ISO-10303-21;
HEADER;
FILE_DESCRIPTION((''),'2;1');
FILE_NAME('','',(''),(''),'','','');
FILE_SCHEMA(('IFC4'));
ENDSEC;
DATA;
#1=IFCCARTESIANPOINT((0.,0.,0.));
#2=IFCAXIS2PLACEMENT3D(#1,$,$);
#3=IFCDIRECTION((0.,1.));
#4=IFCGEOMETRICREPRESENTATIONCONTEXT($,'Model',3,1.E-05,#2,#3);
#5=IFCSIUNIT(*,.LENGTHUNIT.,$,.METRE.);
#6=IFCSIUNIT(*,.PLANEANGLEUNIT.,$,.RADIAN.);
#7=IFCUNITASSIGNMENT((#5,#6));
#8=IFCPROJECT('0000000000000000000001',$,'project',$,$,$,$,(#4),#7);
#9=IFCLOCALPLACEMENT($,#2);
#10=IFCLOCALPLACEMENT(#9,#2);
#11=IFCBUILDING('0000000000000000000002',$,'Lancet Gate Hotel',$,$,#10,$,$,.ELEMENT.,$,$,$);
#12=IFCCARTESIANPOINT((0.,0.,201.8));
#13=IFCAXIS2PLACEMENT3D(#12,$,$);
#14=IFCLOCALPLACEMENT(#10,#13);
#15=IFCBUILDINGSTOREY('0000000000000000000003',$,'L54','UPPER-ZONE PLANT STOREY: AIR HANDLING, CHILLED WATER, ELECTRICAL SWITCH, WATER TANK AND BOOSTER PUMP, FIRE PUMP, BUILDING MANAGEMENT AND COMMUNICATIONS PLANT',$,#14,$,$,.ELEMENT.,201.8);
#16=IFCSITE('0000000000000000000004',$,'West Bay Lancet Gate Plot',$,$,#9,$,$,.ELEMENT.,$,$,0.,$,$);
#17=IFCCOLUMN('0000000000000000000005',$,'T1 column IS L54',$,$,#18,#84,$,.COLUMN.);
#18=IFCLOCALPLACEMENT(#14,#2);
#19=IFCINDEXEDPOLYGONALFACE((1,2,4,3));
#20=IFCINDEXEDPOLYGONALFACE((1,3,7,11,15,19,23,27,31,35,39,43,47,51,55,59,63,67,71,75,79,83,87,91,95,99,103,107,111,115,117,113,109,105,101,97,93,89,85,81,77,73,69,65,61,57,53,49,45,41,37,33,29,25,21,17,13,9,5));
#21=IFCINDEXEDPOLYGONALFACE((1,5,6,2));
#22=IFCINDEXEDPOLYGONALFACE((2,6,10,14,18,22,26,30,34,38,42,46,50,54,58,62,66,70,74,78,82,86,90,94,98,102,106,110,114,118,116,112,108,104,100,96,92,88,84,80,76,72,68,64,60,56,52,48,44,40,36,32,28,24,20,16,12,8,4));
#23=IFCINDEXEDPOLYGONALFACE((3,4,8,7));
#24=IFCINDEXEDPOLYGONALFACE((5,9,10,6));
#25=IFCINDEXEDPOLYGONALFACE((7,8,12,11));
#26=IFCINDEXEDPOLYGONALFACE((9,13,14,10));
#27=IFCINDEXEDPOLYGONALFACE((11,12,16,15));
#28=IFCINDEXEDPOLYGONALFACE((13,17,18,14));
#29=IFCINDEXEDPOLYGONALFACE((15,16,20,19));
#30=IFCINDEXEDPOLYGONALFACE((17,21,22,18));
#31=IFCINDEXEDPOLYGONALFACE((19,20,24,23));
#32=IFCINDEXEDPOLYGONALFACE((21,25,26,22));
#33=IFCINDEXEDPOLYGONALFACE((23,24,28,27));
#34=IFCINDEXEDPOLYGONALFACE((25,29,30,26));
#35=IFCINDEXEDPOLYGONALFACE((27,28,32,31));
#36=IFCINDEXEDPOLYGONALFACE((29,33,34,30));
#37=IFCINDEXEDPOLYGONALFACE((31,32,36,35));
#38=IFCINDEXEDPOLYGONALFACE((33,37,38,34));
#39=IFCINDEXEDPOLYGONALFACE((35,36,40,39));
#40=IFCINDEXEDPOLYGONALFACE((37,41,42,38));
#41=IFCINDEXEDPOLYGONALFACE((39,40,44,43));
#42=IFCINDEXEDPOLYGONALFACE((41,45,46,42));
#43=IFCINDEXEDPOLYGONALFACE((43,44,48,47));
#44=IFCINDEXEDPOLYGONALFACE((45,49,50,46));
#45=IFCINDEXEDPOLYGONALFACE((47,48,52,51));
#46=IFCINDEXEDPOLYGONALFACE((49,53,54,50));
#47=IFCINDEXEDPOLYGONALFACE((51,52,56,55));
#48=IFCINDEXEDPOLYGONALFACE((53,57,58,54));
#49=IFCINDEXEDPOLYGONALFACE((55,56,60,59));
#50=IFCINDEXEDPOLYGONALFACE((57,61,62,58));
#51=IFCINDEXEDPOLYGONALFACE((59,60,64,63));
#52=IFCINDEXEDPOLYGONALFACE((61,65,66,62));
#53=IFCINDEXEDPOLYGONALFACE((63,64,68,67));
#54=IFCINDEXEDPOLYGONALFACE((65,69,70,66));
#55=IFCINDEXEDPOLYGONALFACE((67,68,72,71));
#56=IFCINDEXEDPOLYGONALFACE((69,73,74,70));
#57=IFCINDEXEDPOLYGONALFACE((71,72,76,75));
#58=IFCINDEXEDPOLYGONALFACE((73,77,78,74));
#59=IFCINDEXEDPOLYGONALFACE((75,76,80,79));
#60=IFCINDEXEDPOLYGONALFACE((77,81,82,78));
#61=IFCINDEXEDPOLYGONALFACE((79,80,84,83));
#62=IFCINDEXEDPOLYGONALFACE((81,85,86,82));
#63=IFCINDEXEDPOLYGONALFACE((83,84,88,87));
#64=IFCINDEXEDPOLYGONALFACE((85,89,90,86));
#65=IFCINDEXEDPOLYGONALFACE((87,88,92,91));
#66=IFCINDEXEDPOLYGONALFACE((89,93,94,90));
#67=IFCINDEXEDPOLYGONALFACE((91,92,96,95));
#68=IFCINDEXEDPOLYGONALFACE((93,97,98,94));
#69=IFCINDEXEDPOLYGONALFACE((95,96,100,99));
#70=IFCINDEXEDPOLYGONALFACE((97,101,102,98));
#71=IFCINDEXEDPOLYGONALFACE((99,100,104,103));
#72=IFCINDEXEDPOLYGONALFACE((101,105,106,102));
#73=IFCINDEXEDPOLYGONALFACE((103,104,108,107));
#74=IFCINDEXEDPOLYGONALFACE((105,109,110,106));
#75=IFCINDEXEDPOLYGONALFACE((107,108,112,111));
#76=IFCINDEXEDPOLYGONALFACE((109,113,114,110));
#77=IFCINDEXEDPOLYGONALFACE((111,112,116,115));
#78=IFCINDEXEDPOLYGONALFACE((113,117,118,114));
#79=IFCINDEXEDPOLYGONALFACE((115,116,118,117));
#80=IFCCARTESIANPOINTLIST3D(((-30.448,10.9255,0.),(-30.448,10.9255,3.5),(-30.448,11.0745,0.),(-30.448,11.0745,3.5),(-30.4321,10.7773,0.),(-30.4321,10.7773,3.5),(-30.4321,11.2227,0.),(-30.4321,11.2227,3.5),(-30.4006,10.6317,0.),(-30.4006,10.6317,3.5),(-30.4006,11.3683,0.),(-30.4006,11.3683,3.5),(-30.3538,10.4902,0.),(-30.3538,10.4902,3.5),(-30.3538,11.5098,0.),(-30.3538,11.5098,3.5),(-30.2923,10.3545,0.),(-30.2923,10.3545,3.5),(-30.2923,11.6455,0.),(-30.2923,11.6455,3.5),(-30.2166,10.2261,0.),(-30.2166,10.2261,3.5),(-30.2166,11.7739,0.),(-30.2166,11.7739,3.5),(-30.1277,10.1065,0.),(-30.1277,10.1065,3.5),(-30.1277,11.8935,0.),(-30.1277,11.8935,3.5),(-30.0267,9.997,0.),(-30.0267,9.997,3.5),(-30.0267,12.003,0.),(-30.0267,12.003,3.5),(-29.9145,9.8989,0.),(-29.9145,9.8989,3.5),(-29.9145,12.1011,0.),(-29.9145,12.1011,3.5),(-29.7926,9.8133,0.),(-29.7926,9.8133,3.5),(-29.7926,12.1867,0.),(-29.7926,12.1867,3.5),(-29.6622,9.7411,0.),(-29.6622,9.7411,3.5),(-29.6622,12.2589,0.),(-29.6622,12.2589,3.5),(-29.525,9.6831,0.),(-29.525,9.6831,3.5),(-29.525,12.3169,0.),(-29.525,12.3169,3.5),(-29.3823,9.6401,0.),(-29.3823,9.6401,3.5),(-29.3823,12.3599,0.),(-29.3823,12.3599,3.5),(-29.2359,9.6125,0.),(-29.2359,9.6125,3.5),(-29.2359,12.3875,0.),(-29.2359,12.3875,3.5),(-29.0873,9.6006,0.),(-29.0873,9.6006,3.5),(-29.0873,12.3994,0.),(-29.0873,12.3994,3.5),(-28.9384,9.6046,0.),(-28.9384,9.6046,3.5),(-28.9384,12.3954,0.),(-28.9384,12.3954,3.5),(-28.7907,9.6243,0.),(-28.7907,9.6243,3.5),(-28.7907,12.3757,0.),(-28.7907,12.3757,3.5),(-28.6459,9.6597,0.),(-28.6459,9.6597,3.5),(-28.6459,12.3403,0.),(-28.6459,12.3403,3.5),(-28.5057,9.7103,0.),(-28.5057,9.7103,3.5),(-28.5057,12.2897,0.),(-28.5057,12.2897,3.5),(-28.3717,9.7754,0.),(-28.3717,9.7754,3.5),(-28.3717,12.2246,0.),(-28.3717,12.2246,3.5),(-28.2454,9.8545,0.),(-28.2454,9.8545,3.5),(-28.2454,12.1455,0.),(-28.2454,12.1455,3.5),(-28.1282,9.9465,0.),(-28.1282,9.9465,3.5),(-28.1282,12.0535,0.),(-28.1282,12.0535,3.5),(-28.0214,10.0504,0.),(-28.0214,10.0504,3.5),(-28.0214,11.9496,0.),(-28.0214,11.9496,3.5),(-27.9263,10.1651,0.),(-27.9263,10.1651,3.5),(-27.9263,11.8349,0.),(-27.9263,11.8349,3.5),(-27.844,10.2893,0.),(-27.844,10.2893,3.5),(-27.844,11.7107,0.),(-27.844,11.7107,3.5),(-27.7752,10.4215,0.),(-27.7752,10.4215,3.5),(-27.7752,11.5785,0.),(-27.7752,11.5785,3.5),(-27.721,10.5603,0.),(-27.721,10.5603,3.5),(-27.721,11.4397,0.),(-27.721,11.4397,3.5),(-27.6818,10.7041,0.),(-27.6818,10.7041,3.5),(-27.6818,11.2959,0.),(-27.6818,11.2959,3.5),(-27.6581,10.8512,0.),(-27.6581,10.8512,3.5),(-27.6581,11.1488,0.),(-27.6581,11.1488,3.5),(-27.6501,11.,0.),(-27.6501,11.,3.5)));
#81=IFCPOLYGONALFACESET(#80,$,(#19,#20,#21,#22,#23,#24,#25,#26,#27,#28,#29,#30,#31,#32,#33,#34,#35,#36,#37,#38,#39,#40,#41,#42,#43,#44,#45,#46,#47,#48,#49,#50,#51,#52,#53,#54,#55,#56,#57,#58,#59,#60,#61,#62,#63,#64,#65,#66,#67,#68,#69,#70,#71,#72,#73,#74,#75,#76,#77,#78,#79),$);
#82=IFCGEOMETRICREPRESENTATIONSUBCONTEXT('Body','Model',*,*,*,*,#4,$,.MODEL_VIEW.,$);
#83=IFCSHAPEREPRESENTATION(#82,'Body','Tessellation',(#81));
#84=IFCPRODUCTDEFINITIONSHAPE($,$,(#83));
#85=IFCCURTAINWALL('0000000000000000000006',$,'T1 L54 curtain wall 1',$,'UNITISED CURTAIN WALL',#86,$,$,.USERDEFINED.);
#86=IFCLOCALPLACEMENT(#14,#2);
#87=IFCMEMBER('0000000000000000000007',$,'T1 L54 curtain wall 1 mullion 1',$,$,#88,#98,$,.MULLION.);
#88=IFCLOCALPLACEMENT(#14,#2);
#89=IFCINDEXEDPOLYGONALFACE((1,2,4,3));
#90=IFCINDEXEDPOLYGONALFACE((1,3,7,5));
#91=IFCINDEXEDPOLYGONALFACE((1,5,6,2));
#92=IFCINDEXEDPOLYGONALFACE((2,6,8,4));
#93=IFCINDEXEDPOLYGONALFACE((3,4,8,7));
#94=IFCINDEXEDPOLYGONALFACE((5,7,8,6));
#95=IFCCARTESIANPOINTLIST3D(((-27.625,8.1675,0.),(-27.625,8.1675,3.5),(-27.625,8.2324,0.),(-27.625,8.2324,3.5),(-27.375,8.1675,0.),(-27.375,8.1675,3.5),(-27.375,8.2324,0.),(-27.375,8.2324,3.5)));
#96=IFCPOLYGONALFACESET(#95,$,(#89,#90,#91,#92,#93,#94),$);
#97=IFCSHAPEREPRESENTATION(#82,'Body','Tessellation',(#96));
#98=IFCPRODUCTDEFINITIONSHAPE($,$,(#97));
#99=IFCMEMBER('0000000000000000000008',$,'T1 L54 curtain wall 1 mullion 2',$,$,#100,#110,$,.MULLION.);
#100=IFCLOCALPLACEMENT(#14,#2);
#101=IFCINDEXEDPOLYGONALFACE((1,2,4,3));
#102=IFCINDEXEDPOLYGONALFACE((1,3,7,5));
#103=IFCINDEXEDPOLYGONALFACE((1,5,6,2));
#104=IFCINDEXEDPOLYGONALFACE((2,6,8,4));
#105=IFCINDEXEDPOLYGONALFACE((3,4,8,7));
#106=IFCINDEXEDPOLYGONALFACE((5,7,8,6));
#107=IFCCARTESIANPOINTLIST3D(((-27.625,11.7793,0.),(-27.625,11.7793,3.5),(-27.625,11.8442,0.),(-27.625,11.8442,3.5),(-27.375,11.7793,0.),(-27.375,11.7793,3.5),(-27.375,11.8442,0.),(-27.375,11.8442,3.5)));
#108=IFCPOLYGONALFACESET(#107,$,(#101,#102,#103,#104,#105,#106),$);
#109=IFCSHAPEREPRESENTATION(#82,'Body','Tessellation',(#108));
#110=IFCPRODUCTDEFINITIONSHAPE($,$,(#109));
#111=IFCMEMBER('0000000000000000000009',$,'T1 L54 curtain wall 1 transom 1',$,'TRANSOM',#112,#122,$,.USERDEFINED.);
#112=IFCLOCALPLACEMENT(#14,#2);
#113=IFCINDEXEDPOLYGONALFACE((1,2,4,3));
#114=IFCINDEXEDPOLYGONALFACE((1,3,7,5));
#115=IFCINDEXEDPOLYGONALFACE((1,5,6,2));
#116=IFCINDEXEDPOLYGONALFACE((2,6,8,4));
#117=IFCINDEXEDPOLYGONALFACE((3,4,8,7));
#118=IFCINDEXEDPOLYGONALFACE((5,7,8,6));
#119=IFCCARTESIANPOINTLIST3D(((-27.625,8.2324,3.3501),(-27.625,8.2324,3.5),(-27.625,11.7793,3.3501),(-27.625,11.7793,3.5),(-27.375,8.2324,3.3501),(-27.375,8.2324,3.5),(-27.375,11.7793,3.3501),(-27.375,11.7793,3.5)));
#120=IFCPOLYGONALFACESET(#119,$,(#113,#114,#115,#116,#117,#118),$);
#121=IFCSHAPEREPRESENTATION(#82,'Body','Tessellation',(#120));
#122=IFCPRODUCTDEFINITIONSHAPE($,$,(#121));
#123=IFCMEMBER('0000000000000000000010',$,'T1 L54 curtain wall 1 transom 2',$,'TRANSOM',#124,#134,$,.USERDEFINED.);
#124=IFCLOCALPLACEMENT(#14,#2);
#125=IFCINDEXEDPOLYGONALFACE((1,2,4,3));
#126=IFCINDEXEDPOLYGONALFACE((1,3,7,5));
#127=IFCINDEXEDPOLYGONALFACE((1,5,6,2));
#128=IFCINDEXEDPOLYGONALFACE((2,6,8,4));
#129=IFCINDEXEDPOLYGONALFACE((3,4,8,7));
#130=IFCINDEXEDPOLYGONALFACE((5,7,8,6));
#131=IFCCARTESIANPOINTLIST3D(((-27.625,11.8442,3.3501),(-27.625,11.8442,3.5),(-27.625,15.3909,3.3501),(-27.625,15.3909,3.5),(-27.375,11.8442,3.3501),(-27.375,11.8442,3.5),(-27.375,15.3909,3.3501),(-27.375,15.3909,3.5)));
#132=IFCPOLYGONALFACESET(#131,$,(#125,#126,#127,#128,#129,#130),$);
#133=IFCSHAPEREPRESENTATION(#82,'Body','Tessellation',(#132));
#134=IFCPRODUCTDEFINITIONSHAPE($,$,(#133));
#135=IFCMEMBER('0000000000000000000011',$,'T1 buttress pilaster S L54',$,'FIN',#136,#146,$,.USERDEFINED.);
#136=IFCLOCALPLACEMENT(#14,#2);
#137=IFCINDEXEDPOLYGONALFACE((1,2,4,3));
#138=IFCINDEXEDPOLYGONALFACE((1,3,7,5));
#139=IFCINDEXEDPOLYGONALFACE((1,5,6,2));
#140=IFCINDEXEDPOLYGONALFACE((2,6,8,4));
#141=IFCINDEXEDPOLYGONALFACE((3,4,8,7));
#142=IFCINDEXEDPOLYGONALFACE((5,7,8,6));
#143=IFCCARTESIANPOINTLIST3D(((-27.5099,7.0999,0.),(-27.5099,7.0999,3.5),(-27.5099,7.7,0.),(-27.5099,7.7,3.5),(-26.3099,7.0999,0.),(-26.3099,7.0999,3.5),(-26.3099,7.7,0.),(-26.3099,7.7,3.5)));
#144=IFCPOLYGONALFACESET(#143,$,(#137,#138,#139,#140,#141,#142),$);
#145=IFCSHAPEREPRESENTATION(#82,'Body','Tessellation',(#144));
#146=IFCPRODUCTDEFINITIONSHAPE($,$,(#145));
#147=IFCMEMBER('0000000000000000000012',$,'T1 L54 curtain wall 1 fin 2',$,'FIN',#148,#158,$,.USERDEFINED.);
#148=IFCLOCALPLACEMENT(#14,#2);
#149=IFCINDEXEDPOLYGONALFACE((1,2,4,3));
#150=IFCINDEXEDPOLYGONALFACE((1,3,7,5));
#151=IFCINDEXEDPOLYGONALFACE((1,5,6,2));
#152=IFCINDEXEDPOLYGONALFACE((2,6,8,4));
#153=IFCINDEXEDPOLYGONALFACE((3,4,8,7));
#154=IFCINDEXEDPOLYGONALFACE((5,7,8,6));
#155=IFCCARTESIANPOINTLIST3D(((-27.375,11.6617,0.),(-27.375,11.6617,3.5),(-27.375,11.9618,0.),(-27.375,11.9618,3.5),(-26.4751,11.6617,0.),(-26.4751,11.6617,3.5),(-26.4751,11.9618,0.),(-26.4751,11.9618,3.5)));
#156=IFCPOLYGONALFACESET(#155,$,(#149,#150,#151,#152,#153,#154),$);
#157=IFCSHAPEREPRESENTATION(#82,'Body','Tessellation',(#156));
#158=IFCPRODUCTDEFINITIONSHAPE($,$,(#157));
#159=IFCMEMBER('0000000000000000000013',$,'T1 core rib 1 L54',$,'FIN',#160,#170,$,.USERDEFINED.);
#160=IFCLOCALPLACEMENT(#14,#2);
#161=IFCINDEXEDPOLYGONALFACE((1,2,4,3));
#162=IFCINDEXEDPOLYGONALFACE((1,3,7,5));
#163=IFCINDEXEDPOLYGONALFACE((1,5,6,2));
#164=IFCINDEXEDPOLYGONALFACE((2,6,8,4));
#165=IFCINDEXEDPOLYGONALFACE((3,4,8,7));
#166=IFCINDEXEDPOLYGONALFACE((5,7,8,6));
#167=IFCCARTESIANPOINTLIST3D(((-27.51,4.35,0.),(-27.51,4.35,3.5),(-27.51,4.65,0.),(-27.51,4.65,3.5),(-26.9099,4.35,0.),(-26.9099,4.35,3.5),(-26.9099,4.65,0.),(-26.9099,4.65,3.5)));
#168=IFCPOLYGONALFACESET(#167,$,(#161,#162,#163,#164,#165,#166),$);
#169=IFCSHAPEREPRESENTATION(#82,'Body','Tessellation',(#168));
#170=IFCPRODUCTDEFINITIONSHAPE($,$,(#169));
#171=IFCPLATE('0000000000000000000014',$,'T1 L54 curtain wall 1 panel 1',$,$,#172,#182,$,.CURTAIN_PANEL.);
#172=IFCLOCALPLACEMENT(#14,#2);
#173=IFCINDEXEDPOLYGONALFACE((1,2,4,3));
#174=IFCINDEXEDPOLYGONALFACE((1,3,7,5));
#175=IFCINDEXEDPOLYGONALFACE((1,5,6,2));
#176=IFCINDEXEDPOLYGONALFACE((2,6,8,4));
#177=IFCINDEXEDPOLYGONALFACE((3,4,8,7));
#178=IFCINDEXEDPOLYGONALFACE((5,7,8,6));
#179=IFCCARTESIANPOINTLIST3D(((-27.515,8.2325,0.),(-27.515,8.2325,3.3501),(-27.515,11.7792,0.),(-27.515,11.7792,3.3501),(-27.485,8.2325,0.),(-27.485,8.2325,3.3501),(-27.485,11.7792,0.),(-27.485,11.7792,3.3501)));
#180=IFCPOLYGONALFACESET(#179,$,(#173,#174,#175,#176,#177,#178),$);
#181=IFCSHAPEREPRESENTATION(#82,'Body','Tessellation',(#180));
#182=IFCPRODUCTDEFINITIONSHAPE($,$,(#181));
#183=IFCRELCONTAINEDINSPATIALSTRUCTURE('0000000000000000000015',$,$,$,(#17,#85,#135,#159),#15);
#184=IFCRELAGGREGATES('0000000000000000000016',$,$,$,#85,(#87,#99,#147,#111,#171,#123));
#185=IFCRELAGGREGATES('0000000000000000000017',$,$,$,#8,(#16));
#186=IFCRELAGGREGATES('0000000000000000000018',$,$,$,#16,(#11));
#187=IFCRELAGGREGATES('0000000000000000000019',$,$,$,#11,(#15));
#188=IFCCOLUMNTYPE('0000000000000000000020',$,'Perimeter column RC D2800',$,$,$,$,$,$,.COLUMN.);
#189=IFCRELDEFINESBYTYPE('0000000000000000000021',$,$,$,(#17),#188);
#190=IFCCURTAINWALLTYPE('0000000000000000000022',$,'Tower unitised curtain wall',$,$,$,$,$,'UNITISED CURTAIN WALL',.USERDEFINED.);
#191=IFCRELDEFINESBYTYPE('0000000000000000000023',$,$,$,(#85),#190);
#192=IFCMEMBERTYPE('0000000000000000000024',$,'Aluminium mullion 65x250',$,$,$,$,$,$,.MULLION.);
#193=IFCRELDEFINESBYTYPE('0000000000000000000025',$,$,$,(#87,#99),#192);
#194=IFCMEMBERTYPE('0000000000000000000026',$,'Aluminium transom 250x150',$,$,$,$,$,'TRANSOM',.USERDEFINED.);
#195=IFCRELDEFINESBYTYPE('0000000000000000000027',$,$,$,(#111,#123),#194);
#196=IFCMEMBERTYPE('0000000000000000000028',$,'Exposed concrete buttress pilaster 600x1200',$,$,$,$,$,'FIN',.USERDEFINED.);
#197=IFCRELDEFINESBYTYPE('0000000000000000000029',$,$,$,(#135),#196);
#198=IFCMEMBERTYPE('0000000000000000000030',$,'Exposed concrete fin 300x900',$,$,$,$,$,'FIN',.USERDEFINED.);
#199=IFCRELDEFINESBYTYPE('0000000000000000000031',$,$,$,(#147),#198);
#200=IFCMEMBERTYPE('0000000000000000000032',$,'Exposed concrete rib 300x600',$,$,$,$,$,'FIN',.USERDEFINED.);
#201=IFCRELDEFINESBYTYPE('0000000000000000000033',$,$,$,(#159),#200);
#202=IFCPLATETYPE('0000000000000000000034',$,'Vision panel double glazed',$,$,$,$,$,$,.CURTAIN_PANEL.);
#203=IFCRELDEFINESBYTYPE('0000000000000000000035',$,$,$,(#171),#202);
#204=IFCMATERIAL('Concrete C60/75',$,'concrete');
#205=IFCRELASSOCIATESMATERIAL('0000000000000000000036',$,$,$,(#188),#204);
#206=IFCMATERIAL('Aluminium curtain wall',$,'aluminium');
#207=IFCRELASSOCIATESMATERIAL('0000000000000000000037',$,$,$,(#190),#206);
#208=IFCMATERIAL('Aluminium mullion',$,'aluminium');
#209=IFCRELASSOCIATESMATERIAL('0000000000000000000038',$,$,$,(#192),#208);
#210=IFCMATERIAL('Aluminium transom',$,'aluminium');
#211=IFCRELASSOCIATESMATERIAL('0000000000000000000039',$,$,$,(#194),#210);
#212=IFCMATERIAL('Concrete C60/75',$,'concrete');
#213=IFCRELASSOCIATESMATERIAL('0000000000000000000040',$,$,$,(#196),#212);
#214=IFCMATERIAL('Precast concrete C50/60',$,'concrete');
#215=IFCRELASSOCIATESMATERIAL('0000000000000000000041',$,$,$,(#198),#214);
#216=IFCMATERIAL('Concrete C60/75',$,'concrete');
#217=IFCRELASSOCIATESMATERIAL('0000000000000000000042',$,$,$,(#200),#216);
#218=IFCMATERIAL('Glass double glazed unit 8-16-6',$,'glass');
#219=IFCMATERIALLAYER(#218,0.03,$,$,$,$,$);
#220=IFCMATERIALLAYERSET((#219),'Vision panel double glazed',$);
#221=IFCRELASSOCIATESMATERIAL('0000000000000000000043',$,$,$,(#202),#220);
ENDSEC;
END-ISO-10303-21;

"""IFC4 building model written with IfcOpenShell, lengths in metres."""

from ifc_helpers import new_model, si_unit, direction, frame, origin, origin_2d, place, context, subcontext, project, spatial, rectangle, circle, extrude, material, layer, layer_set, material_profile, profile_set, type_object, element, aggregate, save


model = new_model("IFC4")

# Units and contexts
model_context = context("Model", 3, precision=1e-05, world=origin(), true_north=direction((0.0, 1.0)))
body_context = subcontext(model_context, "Body", "Model", "MODEL_VIEW")
ifc_project = project(units=[si_unit("LENGTHUNIT", "METRE"), si_unit("PLANEANGLEUNIT", "RADIAN")], contexts=[model_context])

# Site, building, storey
site_placement = place(None, origin())
site = spatial("IfcSite", under=ifc_project, at=site_placement, Name="West Bay Lancet Gate Plot", CompositionType="ELEMENT", RefElevation=0.0)
building_placement = place(site_placement, origin())
building = spatial("IfcBuilding", under=site, at=building_placement, Name="Lancet Gate Hotel", CompositionType="ELEMENT")
storey_placement = place(building_placement, frame((0.0, 0.0, 201.8)))
storey = spatial("IfcBuildingStorey", under=building, at=storey_placement, Name="L54", Description="UPPER-ZONE PLANT STOREY: AIR HANDLING, CHILLED WATER, ELECTRICAL SWITCH, WATER TANK AND BOOSTER PUMP, FIRE PUMP, BUILDING MANAGEMENT AND COMMUNICATIONS PLANT", CompositionType="ELEMENT", Elevation=201.8)

# Column
ifc_material_1 = material(Name="Concrete C60/75", Category="concrete")
ifc_material_profile_1 = material_profile(ifc_material_1, circle(Radius=1.3999, at=origin_2d()), Name="RC D2800")
ifc_profile_set_1 = profile_set([ifc_material_profile_1], Name="Concrete C60/75")
column_type = type_object("IfcColumnType", Name="Perimeter column RC D2800", PredefinedType="COLUMN", material=ifc_profile_set_1)
column_placement = place(storey_placement, frame((-29.05, 11.0, 0.0), z_axis=(0.0, 0.0, 1.0), x_axis=(1.0, 0.0, 0.0)))
element("IfcColumn", 1, at=column_placement, inside=storey, type_object=column_type, Name="T1 column IS L54", PredefinedType="COLUMN", context=body_context, shape_type="SweptSolid", body=[
    extrude(circle(Radius=1.3999, at=origin_2d()), origin(), (0.0, 0.0, 1.0), 3.5),
])

# Curtain wall, members
ifc_material_2 = material(Name="Aluminium curtain wall", Category="aluminium")
curtain_wall_type = type_object("IfcCurtainWallType", Name="Tower unitised curtain wall", ElementType="UNITISED CURTAIN WALL", PredefinedType="USERDEFINED", material=ifc_material_2)
curtain_wall_placement = place(storey_placement, origin())
curtain_wall = element("IfcCurtainWall", 2, at=curtain_wall_placement, inside=storey, type_object=curtain_wall_type, Name="T1 L54 curtain wall 1", ObjectType="UNITISED CURTAIN WALL", PredefinedType="USERDEFINED")
ifc_material_3 = material(Name="Aluminium mullion", Category="aluminium")
ifc_material_profile_2 = material_profile(ifc_material_3, rectangle(XDim=0.0649, YDim=0.25, at=origin_2d()), Name="MULLION 65x250")
ifc_profile_set_2 = profile_set([ifc_material_profile_2], Name="Aluminium mullion")
member_type_1 = type_object("IfcMemberType", Name="Aluminium mullion 65x250", PredefinedType="MULLION", material=ifc_profile_set_2)
member_1_placement = place(storey_placement, frame((-27.5, 8.2, 0.0), z_axis=(0.0, 0.0, 1.0), x_axis=(0.0, 1.0, 0.0)))
member_1 = element("IfcMember", 3, at=member_1_placement, type_object=member_type_1, Name="T1 L54 curtain wall 1 mullion 1", PredefinedType="MULLION", context=body_context, shape_type="SweptSolid", body=[
    extrude(rectangle(XDim=0.0649, YDim=0.25, at=origin_2d()), origin(), (0.0, 0.0, 1.0), 3.5),
])
member_2_placement = place(storey_placement, frame((-27.5, 11.8118, 0.0), z_axis=(0.0, 0.0, 1.0), x_axis=(0.0, 1.0, 0.0)))
member_2 = element("IfcMember", 4, at=member_2_placement, type_object=member_type_1, Name="T1 L54 curtain wall 1 mullion 2", PredefinedType="MULLION", context=body_context, shape_type="SweptSolid", body=[
    extrude(rectangle(XDim=0.0649, YDim=0.25, at=origin_2d()), origin(), (0.0, 0.0, 1.0), 3.5),
])
ifc_material_4 = material(Name="Aluminium transom", Category="aluminium")
ifc_material_profile_3 = material_profile(ifc_material_4, rectangle(XDim=0.25, YDim=0.1499, at=origin_2d()), Name="TRANSOM 250x150")
ifc_profile_set_3 = profile_set([ifc_material_profile_3], Name="Aluminium transom")
member_type_2 = type_object("IfcMemberType", Name="Aluminium transom 250x150", ElementType="TRANSOM", PredefinedType="USERDEFINED", material=ifc_profile_set_3)
member_3_placement = place(storey_placement, frame((-27.5, 8.2324, 3.425), z_axis=(0.0, 1.0, 0.0), x_axis=(-1.0, 0.0, 0.0)))
member_3 = element("IfcMember", 5, at=member_3_placement, type_object=member_type_2, Name="T1 L54 curtain wall 1 transom 1", ObjectType="TRANSOM", PredefinedType="USERDEFINED", context=body_context, shape_type="SweptSolid", body=[
    extrude(rectangle(XDim=0.25, YDim=0.1499, at=origin_2d()), origin(), (0.0, 0.0, 1.0), 3.5469),
])
member_4_placement = place(storey_placement, frame((-27.5, 11.8442, 3.425), z_axis=(0.0, 1.0, 0.0), x_axis=(-1.0, 0.0, 0.0)))
member_4 = element("IfcMember", 6, at=member_4_placement, type_object=member_type_2, Name="T1 L54 curtain wall 1 transom 2", ObjectType="TRANSOM", PredefinedType="USERDEFINED", context=body_context, shape_type="SweptSolid", body=[
    extrude(rectangle(XDim=0.25, YDim=0.1499, at=origin_2d()), origin(), (0.0, 0.0, 1.0), 3.5466),
])

# Members
ifc_material_5 = material(Name="Concrete C60/75", Category="concrete")
ifc_material_profile_4 = material_profile(ifc_material_5, rectangle(XDim=0.6001, YDim=1.2, at=origin_2d()), Name="FIN 600x1200")
ifc_profile_set_4 = profile_set([ifc_material_profile_4], Name="Concrete C60/75")
member_type_3 = type_object("IfcMemberType", Name="Exposed concrete buttress pilaster 600x1200", ElementType="FIN", PredefinedType="USERDEFINED", material=ifc_profile_set_4)
member_5_placement = place(storey_placement, frame((-26.9099, 7.3999, 0.0), z_axis=(0.0, 0.0, 1.0), x_axis=(0.0, 1.0, 0.0)))
element("IfcMember", 7, at=member_5_placement, inside=storey, type_object=member_type_3, Name="T1 buttress pilaster S L54", ObjectType="FIN", PredefinedType="USERDEFINED", context=body_context, shape_type="SweptSolid", body=[
    extrude(rectangle(XDim=0.6001, YDim=1.2, at=origin_2d()), origin(), (0.0, 0.0, 1.0), 3.5),
])
ifc_material_6 = material(Name="Precast concrete C50/60", Category="concrete")
ifc_material_profile_5 = material_profile(ifc_material_6, rectangle(XDim=0.3, YDim=0.8999, at=origin_2d()), Name="FIN 300x900")
ifc_profile_set_5 = profile_set([ifc_material_profile_5], Name="Precast concrete C50/60")
member_type_4 = type_object("IfcMemberType", Name="Exposed concrete fin 300x900", ElementType="FIN", PredefinedType="USERDEFINED", material=ifc_profile_set_5)
member_6_placement = place(storey_placement, frame((-26.925, 11.8118, 0.0), z_axis=(0.0, 0.0, 1.0), x_axis=(0.0, 1.0, 0.0)))
member_6 = element("IfcMember", 8, at=member_6_placement, type_object=member_type_4, Name="T1 L54 curtain wall 1 fin 2", ObjectType="FIN", PredefinedType="USERDEFINED", context=body_context, shape_type="SweptSolid", body=[
    extrude(rectangle(XDim=0.3, YDim=0.8999, at=origin_2d()), origin(), (0.0, 0.0, 1.0), 3.5),
])
ifc_material_7 = material(Name="Concrete C60/75", Category="concrete")
ifc_material_profile_6 = material_profile(ifc_material_7, rectangle(XDim=0.3, YDim=0.6001, at=origin_2d()), Name="FIN 300x600")
ifc_profile_set_6 = profile_set([ifc_material_profile_6], Name="Concrete C60/75")
member_type_5 = type_object("IfcMemberType", Name="Exposed concrete rib 300x600", ElementType="FIN", PredefinedType="USERDEFINED", material=ifc_profile_set_6)
member_7_placement = place(storey_placement, frame((-27.21, 4.5, 0.0), z_axis=(0.0, 0.0, 1.0), x_axis=(0.0, 1.0, 0.0)))
element("IfcMember", 9, at=member_7_placement, inside=storey, type_object=member_type_5, Name="T1 core rib 1 L54", ObjectType="FIN", PredefinedType="USERDEFINED", context=body_context, shape_type="SweptSolid", body=[
    extrude(rectangle(XDim=0.3, YDim=0.6001, at=origin_2d()), origin(), (0.0, 0.0, 1.0), 3.5),
])

# Plate
ifc_material_8 = material(Name="Glass double glazed unit 8-16-6", Category="glass")
ifc_layer_1 = layer(ifc_material_8, 0.03)
ifc_layer_set_1 = layer_set([ifc_layer_1], Name="Vision panel double glazed")
plate_type = type_object("IfcPlateType", Name="Vision panel double glazed", PredefinedType="CURTAIN_PANEL", material=ifc_layer_set_1)
plate_1_placement = place(storey_placement, frame((-27.5, 10.0059, 0.0), z_axis=(0.0, 0.0, 1.0), x_axis=(0.0, 1.0, 0.0)))
plate_1 = element("IfcPlate", 10, at=plate_1_placement, type_object=plate_type, Name="T1 L54 curtain wall 1 panel 1", PredefinedType="CURTAIN_PANEL", context=body_context, shape_type="SweptSolid", body=[
    extrude(rectangle(XDim=3.5466, YDim=0.03, at=origin_2d()), origin(), (0.0, 0.0, 1.0), 3.3501),
])
aggregate(curtain_wall, [member_1, member_2, member_6, member_3, plate_1, member_4])

save(model, "model.ifc")
